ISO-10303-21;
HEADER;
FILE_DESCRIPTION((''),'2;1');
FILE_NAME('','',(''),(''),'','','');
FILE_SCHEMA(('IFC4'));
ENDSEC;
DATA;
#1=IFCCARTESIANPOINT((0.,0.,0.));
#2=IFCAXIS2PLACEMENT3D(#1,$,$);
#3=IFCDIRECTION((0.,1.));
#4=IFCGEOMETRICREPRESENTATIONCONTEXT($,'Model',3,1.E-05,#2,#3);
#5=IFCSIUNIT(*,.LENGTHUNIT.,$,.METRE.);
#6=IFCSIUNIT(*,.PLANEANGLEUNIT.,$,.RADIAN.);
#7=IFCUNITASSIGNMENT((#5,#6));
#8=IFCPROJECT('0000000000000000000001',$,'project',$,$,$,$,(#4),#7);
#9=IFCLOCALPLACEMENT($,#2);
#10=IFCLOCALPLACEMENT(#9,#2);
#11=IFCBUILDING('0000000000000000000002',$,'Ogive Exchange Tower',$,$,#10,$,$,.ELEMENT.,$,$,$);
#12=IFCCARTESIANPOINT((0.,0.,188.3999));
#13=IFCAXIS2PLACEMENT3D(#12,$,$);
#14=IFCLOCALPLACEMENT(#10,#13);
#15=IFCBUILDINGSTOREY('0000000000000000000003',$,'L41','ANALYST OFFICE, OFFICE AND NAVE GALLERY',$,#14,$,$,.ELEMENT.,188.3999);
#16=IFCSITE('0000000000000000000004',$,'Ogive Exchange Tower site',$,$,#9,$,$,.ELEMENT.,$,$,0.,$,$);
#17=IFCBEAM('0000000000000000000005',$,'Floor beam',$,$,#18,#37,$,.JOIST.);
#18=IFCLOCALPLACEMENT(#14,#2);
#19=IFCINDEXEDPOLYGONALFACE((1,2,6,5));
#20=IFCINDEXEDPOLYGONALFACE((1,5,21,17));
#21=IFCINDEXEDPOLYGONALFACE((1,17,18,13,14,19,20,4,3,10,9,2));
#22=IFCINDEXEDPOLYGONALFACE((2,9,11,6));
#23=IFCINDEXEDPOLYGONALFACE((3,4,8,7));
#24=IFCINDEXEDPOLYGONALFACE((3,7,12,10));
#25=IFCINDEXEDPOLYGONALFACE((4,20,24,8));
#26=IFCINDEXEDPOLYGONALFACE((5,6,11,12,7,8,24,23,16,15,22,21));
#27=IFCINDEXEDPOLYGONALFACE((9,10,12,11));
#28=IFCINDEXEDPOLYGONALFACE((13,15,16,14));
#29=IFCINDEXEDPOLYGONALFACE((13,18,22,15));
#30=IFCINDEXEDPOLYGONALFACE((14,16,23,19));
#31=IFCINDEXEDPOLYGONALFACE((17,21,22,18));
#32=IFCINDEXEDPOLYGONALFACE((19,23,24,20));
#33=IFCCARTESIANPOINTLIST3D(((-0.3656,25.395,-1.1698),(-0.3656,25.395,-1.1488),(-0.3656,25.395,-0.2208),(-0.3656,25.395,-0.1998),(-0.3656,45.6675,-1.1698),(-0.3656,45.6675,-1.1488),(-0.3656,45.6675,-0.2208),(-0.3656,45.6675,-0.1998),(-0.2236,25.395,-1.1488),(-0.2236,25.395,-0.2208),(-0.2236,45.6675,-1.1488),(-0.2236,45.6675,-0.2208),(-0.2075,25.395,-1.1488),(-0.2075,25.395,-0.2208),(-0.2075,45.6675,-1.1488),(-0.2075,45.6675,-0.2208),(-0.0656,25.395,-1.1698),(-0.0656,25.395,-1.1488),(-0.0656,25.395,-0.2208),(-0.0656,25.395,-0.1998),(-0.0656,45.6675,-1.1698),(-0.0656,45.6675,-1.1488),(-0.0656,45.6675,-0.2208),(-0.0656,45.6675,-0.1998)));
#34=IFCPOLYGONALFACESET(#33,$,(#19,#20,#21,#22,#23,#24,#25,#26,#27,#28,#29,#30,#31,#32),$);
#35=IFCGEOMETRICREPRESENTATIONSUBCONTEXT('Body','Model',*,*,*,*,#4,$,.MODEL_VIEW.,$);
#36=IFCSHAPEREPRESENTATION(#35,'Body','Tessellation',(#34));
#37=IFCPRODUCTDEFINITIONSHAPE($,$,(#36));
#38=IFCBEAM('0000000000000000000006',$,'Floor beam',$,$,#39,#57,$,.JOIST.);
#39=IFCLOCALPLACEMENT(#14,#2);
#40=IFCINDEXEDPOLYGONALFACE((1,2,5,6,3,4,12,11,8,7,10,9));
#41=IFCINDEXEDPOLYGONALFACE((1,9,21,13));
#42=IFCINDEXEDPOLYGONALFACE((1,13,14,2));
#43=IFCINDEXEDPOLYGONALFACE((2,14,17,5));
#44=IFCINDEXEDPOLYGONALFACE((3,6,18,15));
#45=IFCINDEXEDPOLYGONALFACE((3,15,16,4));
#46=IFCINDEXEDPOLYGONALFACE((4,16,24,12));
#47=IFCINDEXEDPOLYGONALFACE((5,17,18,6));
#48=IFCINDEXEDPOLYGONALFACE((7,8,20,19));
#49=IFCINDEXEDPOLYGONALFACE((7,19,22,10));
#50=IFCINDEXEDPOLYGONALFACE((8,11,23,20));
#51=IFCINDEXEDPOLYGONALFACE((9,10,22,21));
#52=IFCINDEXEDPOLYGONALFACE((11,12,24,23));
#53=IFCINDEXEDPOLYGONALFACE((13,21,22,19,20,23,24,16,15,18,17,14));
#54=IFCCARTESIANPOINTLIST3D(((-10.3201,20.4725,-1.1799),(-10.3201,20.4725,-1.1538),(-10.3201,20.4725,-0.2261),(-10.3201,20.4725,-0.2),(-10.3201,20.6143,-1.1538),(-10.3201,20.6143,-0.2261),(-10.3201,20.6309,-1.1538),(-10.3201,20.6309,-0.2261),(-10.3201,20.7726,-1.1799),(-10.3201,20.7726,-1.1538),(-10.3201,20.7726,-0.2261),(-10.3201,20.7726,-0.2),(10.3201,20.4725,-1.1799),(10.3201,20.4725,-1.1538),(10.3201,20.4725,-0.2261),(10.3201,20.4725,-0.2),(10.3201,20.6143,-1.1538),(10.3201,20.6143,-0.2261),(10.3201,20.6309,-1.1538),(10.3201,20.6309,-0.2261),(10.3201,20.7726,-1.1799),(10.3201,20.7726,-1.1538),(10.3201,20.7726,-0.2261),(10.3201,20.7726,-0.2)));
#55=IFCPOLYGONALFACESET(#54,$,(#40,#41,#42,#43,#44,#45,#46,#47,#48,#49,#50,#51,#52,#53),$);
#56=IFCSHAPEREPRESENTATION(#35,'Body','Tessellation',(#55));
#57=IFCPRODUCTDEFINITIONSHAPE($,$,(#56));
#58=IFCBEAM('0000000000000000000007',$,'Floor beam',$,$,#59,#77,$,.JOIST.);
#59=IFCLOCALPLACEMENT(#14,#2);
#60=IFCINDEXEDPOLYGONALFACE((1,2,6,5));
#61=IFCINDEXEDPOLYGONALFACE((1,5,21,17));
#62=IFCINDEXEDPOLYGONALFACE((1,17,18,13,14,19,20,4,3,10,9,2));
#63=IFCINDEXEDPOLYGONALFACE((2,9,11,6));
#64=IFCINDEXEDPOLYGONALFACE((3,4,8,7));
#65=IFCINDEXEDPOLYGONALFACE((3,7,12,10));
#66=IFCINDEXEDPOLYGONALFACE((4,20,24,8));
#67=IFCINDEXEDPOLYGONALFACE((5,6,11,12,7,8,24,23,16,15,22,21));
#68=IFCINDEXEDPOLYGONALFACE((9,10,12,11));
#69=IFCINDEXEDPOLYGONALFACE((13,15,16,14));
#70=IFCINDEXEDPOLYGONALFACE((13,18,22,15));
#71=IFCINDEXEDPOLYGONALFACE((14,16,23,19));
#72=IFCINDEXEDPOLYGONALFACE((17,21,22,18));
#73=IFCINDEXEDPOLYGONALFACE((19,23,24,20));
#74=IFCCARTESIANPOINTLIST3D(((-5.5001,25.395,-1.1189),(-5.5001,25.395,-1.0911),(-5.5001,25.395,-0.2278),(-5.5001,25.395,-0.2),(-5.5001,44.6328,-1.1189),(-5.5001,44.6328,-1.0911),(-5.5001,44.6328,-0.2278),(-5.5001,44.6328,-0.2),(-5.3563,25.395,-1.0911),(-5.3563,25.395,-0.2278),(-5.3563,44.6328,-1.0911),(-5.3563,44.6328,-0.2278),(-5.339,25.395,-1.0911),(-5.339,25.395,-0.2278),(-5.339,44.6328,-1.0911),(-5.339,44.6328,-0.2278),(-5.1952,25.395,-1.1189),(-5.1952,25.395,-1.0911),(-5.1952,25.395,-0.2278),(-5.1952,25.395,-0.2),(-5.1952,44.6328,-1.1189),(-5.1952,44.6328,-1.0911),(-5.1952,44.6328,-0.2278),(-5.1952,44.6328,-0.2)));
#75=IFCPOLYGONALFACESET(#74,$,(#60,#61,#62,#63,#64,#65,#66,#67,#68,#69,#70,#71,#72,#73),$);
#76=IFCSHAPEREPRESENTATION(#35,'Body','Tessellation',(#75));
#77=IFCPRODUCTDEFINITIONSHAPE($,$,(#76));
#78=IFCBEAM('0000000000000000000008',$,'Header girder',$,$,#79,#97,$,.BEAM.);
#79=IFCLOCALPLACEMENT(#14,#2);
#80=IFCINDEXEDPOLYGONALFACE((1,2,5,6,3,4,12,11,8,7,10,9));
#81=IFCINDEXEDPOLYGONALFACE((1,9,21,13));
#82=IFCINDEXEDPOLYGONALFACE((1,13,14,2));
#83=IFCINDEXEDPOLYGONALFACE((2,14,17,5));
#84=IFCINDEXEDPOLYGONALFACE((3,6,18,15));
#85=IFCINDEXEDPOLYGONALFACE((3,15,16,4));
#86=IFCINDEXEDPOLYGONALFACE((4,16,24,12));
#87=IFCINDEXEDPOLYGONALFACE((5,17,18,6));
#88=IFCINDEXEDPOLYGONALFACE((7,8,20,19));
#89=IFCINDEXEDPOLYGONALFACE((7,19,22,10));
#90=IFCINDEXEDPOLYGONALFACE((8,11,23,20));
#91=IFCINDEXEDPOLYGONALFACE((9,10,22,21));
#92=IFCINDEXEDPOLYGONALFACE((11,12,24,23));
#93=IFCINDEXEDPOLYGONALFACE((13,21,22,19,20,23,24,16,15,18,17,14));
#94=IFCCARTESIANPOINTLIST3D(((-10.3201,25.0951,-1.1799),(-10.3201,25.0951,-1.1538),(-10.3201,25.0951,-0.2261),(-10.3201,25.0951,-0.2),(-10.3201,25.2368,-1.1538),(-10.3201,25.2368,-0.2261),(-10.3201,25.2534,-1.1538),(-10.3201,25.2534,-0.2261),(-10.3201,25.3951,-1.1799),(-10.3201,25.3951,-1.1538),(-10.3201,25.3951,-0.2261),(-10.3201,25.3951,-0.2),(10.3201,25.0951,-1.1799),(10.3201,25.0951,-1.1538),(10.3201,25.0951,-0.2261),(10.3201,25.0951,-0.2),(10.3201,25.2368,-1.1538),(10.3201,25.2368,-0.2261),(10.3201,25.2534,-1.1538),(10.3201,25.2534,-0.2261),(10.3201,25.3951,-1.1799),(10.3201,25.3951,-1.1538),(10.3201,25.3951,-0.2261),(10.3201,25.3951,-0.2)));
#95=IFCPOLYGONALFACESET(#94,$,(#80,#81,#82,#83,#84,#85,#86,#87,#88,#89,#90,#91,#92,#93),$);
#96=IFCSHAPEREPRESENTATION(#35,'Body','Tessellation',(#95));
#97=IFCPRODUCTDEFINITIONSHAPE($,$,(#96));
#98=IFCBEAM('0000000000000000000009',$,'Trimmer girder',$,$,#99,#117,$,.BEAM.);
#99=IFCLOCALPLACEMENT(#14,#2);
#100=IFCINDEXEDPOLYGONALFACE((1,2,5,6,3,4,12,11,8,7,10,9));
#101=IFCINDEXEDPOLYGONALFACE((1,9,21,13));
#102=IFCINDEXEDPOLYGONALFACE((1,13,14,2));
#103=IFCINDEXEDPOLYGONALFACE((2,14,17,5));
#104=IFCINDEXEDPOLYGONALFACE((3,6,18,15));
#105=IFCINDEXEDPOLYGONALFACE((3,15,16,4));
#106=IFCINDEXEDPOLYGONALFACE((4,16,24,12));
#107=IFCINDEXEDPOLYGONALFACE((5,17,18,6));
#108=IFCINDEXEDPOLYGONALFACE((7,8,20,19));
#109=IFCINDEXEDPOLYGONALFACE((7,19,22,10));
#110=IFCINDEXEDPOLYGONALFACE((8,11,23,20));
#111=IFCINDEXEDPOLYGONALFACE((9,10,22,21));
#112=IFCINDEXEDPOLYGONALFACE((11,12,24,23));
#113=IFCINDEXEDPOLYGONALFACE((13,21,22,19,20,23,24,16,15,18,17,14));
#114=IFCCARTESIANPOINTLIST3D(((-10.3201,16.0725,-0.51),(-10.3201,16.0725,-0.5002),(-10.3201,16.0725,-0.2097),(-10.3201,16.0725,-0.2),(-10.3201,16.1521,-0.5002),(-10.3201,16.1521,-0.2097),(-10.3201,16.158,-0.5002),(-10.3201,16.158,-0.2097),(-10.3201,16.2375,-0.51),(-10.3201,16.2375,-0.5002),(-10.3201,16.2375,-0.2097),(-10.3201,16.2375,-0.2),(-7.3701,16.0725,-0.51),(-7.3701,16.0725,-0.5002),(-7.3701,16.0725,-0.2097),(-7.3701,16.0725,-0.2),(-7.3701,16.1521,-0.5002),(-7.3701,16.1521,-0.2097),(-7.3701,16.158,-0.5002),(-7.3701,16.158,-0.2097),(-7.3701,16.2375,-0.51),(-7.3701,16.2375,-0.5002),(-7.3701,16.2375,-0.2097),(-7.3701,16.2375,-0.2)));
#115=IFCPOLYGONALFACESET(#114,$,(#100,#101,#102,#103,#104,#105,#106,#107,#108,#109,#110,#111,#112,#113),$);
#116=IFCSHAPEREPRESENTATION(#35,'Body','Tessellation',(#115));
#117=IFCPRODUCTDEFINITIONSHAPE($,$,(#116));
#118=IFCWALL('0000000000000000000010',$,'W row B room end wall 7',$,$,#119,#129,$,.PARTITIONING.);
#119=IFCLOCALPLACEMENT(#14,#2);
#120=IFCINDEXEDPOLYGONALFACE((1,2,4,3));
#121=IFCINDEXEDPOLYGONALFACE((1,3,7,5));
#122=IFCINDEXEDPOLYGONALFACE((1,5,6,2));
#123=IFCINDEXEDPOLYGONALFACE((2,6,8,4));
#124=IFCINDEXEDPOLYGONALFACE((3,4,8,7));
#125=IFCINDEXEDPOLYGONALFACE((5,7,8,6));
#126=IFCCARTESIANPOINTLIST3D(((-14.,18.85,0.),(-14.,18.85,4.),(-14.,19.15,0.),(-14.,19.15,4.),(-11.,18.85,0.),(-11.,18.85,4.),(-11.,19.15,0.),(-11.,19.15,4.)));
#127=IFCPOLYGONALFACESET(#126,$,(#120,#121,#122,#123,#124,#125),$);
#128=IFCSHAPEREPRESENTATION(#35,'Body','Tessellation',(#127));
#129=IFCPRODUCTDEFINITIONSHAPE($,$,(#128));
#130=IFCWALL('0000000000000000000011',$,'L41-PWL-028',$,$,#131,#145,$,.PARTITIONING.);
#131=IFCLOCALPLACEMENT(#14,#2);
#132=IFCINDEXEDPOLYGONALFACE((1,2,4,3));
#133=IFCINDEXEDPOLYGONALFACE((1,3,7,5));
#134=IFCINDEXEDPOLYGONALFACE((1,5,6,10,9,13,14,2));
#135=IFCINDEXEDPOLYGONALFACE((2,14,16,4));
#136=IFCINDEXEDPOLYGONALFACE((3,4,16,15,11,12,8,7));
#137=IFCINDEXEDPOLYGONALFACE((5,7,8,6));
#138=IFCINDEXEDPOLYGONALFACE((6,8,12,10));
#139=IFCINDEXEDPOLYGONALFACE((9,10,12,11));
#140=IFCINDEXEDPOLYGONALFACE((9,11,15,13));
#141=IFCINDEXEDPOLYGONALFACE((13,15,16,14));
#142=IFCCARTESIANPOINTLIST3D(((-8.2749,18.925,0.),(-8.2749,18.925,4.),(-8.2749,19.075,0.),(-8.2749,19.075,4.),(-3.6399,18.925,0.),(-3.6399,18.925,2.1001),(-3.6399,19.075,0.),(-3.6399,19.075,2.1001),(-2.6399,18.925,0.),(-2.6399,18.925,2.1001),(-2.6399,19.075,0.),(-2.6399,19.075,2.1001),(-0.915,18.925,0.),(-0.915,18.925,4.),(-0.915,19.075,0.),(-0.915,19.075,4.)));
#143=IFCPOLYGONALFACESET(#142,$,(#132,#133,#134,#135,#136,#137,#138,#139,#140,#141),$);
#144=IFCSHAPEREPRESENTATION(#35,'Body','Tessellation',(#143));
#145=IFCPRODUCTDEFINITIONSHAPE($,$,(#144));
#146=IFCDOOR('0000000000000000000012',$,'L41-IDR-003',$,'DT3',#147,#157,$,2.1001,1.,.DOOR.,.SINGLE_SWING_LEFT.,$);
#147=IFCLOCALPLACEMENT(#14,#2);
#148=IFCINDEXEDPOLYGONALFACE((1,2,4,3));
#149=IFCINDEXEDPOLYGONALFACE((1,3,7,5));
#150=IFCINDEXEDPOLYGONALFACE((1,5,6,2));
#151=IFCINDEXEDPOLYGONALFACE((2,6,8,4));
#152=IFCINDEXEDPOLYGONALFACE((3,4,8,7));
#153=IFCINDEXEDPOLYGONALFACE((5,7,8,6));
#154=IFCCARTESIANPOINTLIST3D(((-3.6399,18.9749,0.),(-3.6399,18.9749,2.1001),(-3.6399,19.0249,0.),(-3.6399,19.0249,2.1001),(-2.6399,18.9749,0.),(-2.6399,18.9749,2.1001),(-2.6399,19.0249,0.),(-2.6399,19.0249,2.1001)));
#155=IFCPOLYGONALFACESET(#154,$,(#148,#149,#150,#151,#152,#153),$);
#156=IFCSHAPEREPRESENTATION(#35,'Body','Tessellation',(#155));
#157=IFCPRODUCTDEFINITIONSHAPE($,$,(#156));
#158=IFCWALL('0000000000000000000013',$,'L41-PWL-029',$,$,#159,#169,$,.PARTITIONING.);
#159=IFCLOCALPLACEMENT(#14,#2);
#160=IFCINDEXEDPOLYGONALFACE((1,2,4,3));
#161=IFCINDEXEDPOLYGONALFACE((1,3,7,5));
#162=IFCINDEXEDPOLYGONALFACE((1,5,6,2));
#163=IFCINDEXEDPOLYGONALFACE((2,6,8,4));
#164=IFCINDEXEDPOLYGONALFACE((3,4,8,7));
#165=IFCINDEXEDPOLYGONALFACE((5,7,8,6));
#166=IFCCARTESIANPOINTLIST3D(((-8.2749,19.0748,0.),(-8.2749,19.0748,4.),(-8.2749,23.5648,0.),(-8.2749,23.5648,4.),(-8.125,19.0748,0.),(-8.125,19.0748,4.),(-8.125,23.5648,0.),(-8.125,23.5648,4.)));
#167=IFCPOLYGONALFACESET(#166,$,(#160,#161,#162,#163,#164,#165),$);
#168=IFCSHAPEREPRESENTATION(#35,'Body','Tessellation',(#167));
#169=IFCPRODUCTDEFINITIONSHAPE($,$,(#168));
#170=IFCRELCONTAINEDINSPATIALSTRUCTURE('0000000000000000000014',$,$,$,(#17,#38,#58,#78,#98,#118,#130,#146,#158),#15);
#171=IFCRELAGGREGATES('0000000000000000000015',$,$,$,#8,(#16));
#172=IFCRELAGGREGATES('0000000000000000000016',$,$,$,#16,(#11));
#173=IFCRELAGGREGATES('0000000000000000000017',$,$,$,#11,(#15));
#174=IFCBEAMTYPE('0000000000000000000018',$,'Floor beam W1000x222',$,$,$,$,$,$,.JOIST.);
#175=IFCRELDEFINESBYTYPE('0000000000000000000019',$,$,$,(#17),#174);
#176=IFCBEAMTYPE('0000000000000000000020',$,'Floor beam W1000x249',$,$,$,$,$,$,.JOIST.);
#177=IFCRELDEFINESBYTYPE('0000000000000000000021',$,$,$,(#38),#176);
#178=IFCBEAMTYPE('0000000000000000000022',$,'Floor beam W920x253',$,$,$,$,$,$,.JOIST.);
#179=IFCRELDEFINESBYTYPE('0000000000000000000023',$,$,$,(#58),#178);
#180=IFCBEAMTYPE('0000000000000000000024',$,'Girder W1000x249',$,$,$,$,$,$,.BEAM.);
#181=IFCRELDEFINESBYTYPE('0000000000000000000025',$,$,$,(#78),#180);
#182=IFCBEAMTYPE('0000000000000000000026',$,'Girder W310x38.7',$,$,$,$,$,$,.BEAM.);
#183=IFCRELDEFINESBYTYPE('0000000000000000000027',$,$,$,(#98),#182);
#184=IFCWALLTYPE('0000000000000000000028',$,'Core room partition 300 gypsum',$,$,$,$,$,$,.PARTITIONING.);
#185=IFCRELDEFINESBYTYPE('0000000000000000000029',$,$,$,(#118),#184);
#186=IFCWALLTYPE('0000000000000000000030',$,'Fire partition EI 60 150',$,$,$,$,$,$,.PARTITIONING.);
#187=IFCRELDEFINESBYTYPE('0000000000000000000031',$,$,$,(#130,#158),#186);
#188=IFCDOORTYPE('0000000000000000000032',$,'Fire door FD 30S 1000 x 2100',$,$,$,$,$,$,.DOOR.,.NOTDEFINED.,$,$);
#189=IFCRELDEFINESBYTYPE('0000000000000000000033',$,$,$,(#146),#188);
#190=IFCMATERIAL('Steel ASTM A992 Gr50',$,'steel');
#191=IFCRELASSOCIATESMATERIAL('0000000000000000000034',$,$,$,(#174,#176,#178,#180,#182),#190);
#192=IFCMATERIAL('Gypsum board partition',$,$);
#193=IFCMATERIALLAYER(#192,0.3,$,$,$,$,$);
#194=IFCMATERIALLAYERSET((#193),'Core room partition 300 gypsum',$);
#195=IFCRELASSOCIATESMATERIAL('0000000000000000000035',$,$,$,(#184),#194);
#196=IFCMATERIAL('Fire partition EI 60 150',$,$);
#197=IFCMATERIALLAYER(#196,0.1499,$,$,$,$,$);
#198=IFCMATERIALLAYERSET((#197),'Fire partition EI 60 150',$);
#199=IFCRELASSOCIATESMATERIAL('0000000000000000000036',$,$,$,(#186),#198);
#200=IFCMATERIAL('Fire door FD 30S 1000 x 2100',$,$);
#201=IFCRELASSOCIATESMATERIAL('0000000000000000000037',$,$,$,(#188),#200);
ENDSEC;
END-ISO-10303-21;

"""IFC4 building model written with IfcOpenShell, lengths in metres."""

from ifc_helpers import new_model, si_unit, direction, frame, frame_2d, origin, origin_2d, place, context, subcontext, project, spatial, rectangle, i_section, extrude, material, layer, layer_set, material_profile, profile_set, type_object, element, fill, save


model = new_model("IFC4")

# Units and contexts
model_context = context("Model", 3, precision=1e-05, world=origin(), true_north=direction((0.0, 1.0)))
body_context = subcontext(model_context, "Body", "Model", "MODEL_VIEW")
ifc_project = project(units=[si_unit("LENGTHUNIT", "METRE"), si_unit("PLANEANGLEUNIT", "RADIAN")], contexts=[model_context])

# Site, building, storey
site_placement = place(None, origin())
site = spatial("IfcSite", under=ifc_project, at=site_placement, Name="Ogive Exchange Tower site", CompositionType="ELEMENT", RefElevation=0.0)
building_placement = place(site_placement, origin())
building = spatial("IfcBuilding", under=site, at=building_placement, Name="Ogive Exchange Tower", CompositionType="ELEMENT")
storey_placement = place(building_placement, frame((0.0, 0.0, 188.3999)))
storey = spatial("IfcBuildingStorey", under=building, at=storey_placement, Name="L41", Description="ANALYST OFFICE, OFFICE AND NAVE GALLERY", CompositionType="ELEMENT", Elevation=188.3999)

# Beams
ifc_material_1 = material(Name="Steel ASTM A992 Gr50", Category="steel")
ifc_material_profile_1 = material_profile(ifc_material_1, i_section(OverallWidth=0.3, OverallDepth=0.97, WebThickness=0.0161, FlangeThickness=0.021, at=origin_2d()), Name="W1000x222")
ifc_profile_set_1 = profile_set([ifc_material_profile_1], Name="Steel ASTM A992 Gr50")
beam_type_1 = type_object("IfcBeamType", Name="Floor beam W1000x222", PredefinedType="JOIST", material=ifc_profile_set_1)
beam_1_placement = place(storey_placement, frame((-0.2156, 25.395, -0.6848), z_axis=(0.0, 1.0, 0.0), x_axis=(-1.0, 0.0, 0.0)))
element("IfcBeam", 1, at=beam_1_placement, inside=storey, type_object=beam_type_1, Name="Floor beam", PredefinedType="JOIST", context=body_context, shape_type="SweptSolid", body=[
    extrude(i_section(OverallWidth=0.3, OverallDepth=0.97, WebThickness=0.0161, FlangeThickness=0.021, at=origin_2d()), origin(), (0.0, 0.0, 1.0), 20.2725),
])
ifc_material_profile_2 = material_profile(ifc_material_1, i_section(OverallWidth=0.3, OverallDepth=0.98, WebThickness=0.0166, FlangeThickness=0.0261, at=origin_2d()), Name="W1000x249")
ifc_profile_set_2 = profile_set([ifc_material_profile_2], Name="Steel ASTM A992 Gr50")
beam_type_2 = type_object("IfcBeamType", Name="Floor beam W1000x249", PredefinedType="JOIST", material=ifc_profile_set_2)
beam_2_placement = place(storey_placement, frame((-10.3201, 20.6226, -0.6899), z_axis=(1.0, 0.0, 0.0), x_axis=(0.0, 1.0, 0.0)))
element("IfcBeam", 2, at=beam_2_placement, inside=storey, type_object=beam_type_2, Name="Floor beam", PredefinedType="JOIST", context=body_context, shape_type="SweptSolid", body=[
    extrude(i_section(OverallWidth=0.3, OverallDepth=0.98, WebThickness=0.0166, FlangeThickness=0.0261, at=origin_2d()), origin(), (0.0, 0.0, 1.0), 20.6401),
])
ifc_material_profile_3 = material_profile(ifc_material_1, i_section(OverallWidth=0.3049, OverallDepth=0.9189, WebThickness=0.0173, FlangeThickness=0.0278, at=origin_2d()), Name="W920x253")
ifc_profile_set_3 = profile_set([ifc_material_profile_3], Name="Steel ASTM A992 Gr50")
beam_type_3 = type_object("IfcBeamType", Name="Floor beam W920x253", PredefinedType="JOIST", material=ifc_profile_set_3)
beam_3_placement = place(storey_placement, frame((-5.3477, 25.395, -0.6594), z_axis=(0.0, 1.0, 0.0), x_axis=(-1.0, 0.0, 0.0)))
element("IfcBeam", 3, at=beam_3_placement, inside=storey, type_object=beam_type_3, Name="Floor beam", PredefinedType="JOIST", context=body_context, shape_type="SweptSolid", body=[
    extrude(i_section(OverallWidth=0.3049, OverallDepth=0.9189, WebThickness=0.0173, FlangeThickness=0.0278, at=origin_2d()), origin(), (0.0, 0.0, 1.0), 19.2378),
])
ifc_material_profile_4 = material_profile(ifc_material_1, i_section(OverallWidth=0.3, OverallDepth=0.98, WebThickness=0.0166, FlangeThickness=0.0261, at=origin_2d()), Name="W1000x249")
ifc_profile_set_4 = profile_set([ifc_material_profile_4], Name="Steel ASTM A992 Gr50")
beam_type_4 = type_object("IfcBeamType", Name="Girder W1000x249", PredefinedType="BEAM", material=ifc_profile_set_4)
beam_4_placement = place(storey_placement, frame((-10.3201, 25.2451, -0.6899), z_axis=(1.0, 0.0, 0.0), x_axis=(0.0, 1.0, 0.0)))
element("IfcBeam", 4, at=beam_4_placement, inside=storey, type_object=beam_type_4, Name="Header girder", PredefinedType="BEAM", context=body_context, shape_type="SweptSolid", body=[
    extrude(i_section(OverallWidth=0.3, OverallDepth=0.98, WebThickness=0.0166, FlangeThickness=0.0261, at=origin_2d()), origin(), (0.0, 0.0, 1.0), 20.6401),
])
ifc_material_profile_5 = material_profile(ifc_material_1, i_section(OverallWidth=0.165, OverallDepth=0.3101, WebThickness=0.0059, FlangeThickness=0.0098, at=origin_2d()), Name="W310x38.7")
ifc_profile_set_5 = profile_set([ifc_material_profile_5], Name="Steel ASTM A992 Gr50")
beam_type_5 = type_object("IfcBeamType", Name="Girder W310x38.7", PredefinedType="BEAM", material=ifc_profile_set_5)
beam_5_placement = place(storey_placement, frame((-10.3201, 16.155, -0.355), z_axis=(1.0, 0.0, 0.0), x_axis=(0.0, 1.0, 0.0)))
element("IfcBeam", 5, at=beam_5_placement, inside=storey, type_object=beam_type_5, Name="Trimmer girder", PredefinedType="BEAM", context=body_context, shape_type="SweptSolid", body=[
    extrude(i_section(OverallWidth=0.165, OverallDepth=0.3101, WebThickness=0.0059, FlangeThickness=0.0098, at=origin_2d()), origin(), (0.0, 0.0, 1.0), 2.95),
])

# Wall
ifc_material_2 = material(Name="Gypsum board partition")
ifc_layer_1 = layer(ifc_material_2, 0.3)
ifc_layer_set_1 = layer_set([ifc_layer_1], Name="Core room partition 300 gypsum")
wall_type_1 = type_object("IfcWallType", Name="Core room partition 300 gypsum", PredefinedType="PARTITIONING", material=ifc_layer_set_1)
wall_1_placement = place(storey_placement, frame((-14.0, 19.0, 0.0), z_axis=(0.0, 0.0, 1.0), x_axis=(1.0, 0.0, 0.0)))
element("IfcWall", 6, at=wall_1_placement, inside=storey, type_object=wall_type_1, Name="W row B room end wall 7", PredefinedType="PARTITIONING", context=body_context, shape_type="SweptSolid", body=[
    extrude(rectangle(XDim=3.0, YDim=0.3, at=frame_2d((1.5, 0.0))), origin(), (0.0, 0.0, 1.0), 4.0),
])

# Wall, opening, door
ifc_material_3 = material(Name="Fire partition EI 60 150")
ifc_layer_2 = layer(ifc_material_3, 0.1499)
ifc_layer_set_2 = layer_set([ifc_layer_2], Name="Fire partition EI 60 150")
wall_type_2 = type_object("IfcWallType", Name="Fire partition EI 60 150", PredefinedType="PARTITIONING", material=ifc_layer_set_2)
wall_2_placement = place(storey_placement, frame((-8.2749, 19.0, 0.0), z_axis=(0.0, 0.0, 1.0), x_axis=(1.0, 0.0, 0.0)))
wall_2 = element("IfcWall", 7, at=wall_2_placement, inside=storey, type_object=wall_type_2, Name="L41-PWL-028", PredefinedType="PARTITIONING", context=body_context, shape_type="SweptSolid", body=[
    extrude(rectangle(XDim=7.3599, YDim=0.1499, at=frame_2d((3.6799, 0.0))), origin(), (0.0, 0.0, 1.0), 4.0),
])
opening_1_placement = place(wall_2_placement, frame((4.635, 0.0, 0.0)))
opening_1 = element("IfcOpeningElement", 8, at=opening_1_placement, cuts=wall_2, PredefinedType="OPENING", context=body_context, shape_type="SweptSolid", body=[
    extrude(rectangle(XDim=1.0, YDim=2.1001, at=frame_2d((0.5, 1.05))), frame((0.0, 0.085, 0.0), z_axis=(0.0, -1.0, 0.0), x_axis=(1.0, 0.0, 0.0)), (0.0, 0.0, 1.0), 0.1699),
])
ifc_material_4 = material(Name="Fire door FD 30S 1000 x 2100")
door_type_1 = type_object("IfcDoorType", Name="Fire door FD 30S 1000 x 2100", OperationType="NOTDEFINED", PredefinedType="DOOR", material=ifc_material_4)
door_1_placement = place(opening_1_placement, origin())
door_1 = element("IfcDoor", 9, at=door_1_placement, inside=storey, type_object=door_type_1, Name="L41-IDR-003", ObjectType="DT3", OperationType="SINGLE_SWING_LEFT", OverallHeight=2.1001, OverallWidth=1.0, PredefinedType="DOOR", context=body_context, shape_type="SweptSolid", body=[
    extrude(rectangle(XDim=1.0, YDim=2.1001, at=frame_2d((0.5, 1.05))), frame((0.0, 0.0249, 0.0), z_axis=(0.0, -1.0, 0.0), x_axis=(1.0, 0.0, 0.0)), (0.0, 0.0, 1.0), 0.05),
])
fill(opening_1, door_1)

# Wall
wall_3_placement = place(storey_placement, frame((-8.2, 23.5649, 0.0), z_axis=(0.0, 0.0, 1.0), x_axis=(0.0, -1.0, 0.0)))
element("IfcWall", 10, at=wall_3_placement, inside=storey, type_object=wall_type_2, Name="L41-PWL-029", PredefinedType="PARTITIONING", context=body_context, shape_type="SweptSolid", body=[
    extrude(rectangle(XDim=4.49, YDim=0.1499, at=frame_2d((2.2451, 0.0))), origin(), (0.0, 0.0, 1.0), 4.0),
])

save(model, "model.ifc")
